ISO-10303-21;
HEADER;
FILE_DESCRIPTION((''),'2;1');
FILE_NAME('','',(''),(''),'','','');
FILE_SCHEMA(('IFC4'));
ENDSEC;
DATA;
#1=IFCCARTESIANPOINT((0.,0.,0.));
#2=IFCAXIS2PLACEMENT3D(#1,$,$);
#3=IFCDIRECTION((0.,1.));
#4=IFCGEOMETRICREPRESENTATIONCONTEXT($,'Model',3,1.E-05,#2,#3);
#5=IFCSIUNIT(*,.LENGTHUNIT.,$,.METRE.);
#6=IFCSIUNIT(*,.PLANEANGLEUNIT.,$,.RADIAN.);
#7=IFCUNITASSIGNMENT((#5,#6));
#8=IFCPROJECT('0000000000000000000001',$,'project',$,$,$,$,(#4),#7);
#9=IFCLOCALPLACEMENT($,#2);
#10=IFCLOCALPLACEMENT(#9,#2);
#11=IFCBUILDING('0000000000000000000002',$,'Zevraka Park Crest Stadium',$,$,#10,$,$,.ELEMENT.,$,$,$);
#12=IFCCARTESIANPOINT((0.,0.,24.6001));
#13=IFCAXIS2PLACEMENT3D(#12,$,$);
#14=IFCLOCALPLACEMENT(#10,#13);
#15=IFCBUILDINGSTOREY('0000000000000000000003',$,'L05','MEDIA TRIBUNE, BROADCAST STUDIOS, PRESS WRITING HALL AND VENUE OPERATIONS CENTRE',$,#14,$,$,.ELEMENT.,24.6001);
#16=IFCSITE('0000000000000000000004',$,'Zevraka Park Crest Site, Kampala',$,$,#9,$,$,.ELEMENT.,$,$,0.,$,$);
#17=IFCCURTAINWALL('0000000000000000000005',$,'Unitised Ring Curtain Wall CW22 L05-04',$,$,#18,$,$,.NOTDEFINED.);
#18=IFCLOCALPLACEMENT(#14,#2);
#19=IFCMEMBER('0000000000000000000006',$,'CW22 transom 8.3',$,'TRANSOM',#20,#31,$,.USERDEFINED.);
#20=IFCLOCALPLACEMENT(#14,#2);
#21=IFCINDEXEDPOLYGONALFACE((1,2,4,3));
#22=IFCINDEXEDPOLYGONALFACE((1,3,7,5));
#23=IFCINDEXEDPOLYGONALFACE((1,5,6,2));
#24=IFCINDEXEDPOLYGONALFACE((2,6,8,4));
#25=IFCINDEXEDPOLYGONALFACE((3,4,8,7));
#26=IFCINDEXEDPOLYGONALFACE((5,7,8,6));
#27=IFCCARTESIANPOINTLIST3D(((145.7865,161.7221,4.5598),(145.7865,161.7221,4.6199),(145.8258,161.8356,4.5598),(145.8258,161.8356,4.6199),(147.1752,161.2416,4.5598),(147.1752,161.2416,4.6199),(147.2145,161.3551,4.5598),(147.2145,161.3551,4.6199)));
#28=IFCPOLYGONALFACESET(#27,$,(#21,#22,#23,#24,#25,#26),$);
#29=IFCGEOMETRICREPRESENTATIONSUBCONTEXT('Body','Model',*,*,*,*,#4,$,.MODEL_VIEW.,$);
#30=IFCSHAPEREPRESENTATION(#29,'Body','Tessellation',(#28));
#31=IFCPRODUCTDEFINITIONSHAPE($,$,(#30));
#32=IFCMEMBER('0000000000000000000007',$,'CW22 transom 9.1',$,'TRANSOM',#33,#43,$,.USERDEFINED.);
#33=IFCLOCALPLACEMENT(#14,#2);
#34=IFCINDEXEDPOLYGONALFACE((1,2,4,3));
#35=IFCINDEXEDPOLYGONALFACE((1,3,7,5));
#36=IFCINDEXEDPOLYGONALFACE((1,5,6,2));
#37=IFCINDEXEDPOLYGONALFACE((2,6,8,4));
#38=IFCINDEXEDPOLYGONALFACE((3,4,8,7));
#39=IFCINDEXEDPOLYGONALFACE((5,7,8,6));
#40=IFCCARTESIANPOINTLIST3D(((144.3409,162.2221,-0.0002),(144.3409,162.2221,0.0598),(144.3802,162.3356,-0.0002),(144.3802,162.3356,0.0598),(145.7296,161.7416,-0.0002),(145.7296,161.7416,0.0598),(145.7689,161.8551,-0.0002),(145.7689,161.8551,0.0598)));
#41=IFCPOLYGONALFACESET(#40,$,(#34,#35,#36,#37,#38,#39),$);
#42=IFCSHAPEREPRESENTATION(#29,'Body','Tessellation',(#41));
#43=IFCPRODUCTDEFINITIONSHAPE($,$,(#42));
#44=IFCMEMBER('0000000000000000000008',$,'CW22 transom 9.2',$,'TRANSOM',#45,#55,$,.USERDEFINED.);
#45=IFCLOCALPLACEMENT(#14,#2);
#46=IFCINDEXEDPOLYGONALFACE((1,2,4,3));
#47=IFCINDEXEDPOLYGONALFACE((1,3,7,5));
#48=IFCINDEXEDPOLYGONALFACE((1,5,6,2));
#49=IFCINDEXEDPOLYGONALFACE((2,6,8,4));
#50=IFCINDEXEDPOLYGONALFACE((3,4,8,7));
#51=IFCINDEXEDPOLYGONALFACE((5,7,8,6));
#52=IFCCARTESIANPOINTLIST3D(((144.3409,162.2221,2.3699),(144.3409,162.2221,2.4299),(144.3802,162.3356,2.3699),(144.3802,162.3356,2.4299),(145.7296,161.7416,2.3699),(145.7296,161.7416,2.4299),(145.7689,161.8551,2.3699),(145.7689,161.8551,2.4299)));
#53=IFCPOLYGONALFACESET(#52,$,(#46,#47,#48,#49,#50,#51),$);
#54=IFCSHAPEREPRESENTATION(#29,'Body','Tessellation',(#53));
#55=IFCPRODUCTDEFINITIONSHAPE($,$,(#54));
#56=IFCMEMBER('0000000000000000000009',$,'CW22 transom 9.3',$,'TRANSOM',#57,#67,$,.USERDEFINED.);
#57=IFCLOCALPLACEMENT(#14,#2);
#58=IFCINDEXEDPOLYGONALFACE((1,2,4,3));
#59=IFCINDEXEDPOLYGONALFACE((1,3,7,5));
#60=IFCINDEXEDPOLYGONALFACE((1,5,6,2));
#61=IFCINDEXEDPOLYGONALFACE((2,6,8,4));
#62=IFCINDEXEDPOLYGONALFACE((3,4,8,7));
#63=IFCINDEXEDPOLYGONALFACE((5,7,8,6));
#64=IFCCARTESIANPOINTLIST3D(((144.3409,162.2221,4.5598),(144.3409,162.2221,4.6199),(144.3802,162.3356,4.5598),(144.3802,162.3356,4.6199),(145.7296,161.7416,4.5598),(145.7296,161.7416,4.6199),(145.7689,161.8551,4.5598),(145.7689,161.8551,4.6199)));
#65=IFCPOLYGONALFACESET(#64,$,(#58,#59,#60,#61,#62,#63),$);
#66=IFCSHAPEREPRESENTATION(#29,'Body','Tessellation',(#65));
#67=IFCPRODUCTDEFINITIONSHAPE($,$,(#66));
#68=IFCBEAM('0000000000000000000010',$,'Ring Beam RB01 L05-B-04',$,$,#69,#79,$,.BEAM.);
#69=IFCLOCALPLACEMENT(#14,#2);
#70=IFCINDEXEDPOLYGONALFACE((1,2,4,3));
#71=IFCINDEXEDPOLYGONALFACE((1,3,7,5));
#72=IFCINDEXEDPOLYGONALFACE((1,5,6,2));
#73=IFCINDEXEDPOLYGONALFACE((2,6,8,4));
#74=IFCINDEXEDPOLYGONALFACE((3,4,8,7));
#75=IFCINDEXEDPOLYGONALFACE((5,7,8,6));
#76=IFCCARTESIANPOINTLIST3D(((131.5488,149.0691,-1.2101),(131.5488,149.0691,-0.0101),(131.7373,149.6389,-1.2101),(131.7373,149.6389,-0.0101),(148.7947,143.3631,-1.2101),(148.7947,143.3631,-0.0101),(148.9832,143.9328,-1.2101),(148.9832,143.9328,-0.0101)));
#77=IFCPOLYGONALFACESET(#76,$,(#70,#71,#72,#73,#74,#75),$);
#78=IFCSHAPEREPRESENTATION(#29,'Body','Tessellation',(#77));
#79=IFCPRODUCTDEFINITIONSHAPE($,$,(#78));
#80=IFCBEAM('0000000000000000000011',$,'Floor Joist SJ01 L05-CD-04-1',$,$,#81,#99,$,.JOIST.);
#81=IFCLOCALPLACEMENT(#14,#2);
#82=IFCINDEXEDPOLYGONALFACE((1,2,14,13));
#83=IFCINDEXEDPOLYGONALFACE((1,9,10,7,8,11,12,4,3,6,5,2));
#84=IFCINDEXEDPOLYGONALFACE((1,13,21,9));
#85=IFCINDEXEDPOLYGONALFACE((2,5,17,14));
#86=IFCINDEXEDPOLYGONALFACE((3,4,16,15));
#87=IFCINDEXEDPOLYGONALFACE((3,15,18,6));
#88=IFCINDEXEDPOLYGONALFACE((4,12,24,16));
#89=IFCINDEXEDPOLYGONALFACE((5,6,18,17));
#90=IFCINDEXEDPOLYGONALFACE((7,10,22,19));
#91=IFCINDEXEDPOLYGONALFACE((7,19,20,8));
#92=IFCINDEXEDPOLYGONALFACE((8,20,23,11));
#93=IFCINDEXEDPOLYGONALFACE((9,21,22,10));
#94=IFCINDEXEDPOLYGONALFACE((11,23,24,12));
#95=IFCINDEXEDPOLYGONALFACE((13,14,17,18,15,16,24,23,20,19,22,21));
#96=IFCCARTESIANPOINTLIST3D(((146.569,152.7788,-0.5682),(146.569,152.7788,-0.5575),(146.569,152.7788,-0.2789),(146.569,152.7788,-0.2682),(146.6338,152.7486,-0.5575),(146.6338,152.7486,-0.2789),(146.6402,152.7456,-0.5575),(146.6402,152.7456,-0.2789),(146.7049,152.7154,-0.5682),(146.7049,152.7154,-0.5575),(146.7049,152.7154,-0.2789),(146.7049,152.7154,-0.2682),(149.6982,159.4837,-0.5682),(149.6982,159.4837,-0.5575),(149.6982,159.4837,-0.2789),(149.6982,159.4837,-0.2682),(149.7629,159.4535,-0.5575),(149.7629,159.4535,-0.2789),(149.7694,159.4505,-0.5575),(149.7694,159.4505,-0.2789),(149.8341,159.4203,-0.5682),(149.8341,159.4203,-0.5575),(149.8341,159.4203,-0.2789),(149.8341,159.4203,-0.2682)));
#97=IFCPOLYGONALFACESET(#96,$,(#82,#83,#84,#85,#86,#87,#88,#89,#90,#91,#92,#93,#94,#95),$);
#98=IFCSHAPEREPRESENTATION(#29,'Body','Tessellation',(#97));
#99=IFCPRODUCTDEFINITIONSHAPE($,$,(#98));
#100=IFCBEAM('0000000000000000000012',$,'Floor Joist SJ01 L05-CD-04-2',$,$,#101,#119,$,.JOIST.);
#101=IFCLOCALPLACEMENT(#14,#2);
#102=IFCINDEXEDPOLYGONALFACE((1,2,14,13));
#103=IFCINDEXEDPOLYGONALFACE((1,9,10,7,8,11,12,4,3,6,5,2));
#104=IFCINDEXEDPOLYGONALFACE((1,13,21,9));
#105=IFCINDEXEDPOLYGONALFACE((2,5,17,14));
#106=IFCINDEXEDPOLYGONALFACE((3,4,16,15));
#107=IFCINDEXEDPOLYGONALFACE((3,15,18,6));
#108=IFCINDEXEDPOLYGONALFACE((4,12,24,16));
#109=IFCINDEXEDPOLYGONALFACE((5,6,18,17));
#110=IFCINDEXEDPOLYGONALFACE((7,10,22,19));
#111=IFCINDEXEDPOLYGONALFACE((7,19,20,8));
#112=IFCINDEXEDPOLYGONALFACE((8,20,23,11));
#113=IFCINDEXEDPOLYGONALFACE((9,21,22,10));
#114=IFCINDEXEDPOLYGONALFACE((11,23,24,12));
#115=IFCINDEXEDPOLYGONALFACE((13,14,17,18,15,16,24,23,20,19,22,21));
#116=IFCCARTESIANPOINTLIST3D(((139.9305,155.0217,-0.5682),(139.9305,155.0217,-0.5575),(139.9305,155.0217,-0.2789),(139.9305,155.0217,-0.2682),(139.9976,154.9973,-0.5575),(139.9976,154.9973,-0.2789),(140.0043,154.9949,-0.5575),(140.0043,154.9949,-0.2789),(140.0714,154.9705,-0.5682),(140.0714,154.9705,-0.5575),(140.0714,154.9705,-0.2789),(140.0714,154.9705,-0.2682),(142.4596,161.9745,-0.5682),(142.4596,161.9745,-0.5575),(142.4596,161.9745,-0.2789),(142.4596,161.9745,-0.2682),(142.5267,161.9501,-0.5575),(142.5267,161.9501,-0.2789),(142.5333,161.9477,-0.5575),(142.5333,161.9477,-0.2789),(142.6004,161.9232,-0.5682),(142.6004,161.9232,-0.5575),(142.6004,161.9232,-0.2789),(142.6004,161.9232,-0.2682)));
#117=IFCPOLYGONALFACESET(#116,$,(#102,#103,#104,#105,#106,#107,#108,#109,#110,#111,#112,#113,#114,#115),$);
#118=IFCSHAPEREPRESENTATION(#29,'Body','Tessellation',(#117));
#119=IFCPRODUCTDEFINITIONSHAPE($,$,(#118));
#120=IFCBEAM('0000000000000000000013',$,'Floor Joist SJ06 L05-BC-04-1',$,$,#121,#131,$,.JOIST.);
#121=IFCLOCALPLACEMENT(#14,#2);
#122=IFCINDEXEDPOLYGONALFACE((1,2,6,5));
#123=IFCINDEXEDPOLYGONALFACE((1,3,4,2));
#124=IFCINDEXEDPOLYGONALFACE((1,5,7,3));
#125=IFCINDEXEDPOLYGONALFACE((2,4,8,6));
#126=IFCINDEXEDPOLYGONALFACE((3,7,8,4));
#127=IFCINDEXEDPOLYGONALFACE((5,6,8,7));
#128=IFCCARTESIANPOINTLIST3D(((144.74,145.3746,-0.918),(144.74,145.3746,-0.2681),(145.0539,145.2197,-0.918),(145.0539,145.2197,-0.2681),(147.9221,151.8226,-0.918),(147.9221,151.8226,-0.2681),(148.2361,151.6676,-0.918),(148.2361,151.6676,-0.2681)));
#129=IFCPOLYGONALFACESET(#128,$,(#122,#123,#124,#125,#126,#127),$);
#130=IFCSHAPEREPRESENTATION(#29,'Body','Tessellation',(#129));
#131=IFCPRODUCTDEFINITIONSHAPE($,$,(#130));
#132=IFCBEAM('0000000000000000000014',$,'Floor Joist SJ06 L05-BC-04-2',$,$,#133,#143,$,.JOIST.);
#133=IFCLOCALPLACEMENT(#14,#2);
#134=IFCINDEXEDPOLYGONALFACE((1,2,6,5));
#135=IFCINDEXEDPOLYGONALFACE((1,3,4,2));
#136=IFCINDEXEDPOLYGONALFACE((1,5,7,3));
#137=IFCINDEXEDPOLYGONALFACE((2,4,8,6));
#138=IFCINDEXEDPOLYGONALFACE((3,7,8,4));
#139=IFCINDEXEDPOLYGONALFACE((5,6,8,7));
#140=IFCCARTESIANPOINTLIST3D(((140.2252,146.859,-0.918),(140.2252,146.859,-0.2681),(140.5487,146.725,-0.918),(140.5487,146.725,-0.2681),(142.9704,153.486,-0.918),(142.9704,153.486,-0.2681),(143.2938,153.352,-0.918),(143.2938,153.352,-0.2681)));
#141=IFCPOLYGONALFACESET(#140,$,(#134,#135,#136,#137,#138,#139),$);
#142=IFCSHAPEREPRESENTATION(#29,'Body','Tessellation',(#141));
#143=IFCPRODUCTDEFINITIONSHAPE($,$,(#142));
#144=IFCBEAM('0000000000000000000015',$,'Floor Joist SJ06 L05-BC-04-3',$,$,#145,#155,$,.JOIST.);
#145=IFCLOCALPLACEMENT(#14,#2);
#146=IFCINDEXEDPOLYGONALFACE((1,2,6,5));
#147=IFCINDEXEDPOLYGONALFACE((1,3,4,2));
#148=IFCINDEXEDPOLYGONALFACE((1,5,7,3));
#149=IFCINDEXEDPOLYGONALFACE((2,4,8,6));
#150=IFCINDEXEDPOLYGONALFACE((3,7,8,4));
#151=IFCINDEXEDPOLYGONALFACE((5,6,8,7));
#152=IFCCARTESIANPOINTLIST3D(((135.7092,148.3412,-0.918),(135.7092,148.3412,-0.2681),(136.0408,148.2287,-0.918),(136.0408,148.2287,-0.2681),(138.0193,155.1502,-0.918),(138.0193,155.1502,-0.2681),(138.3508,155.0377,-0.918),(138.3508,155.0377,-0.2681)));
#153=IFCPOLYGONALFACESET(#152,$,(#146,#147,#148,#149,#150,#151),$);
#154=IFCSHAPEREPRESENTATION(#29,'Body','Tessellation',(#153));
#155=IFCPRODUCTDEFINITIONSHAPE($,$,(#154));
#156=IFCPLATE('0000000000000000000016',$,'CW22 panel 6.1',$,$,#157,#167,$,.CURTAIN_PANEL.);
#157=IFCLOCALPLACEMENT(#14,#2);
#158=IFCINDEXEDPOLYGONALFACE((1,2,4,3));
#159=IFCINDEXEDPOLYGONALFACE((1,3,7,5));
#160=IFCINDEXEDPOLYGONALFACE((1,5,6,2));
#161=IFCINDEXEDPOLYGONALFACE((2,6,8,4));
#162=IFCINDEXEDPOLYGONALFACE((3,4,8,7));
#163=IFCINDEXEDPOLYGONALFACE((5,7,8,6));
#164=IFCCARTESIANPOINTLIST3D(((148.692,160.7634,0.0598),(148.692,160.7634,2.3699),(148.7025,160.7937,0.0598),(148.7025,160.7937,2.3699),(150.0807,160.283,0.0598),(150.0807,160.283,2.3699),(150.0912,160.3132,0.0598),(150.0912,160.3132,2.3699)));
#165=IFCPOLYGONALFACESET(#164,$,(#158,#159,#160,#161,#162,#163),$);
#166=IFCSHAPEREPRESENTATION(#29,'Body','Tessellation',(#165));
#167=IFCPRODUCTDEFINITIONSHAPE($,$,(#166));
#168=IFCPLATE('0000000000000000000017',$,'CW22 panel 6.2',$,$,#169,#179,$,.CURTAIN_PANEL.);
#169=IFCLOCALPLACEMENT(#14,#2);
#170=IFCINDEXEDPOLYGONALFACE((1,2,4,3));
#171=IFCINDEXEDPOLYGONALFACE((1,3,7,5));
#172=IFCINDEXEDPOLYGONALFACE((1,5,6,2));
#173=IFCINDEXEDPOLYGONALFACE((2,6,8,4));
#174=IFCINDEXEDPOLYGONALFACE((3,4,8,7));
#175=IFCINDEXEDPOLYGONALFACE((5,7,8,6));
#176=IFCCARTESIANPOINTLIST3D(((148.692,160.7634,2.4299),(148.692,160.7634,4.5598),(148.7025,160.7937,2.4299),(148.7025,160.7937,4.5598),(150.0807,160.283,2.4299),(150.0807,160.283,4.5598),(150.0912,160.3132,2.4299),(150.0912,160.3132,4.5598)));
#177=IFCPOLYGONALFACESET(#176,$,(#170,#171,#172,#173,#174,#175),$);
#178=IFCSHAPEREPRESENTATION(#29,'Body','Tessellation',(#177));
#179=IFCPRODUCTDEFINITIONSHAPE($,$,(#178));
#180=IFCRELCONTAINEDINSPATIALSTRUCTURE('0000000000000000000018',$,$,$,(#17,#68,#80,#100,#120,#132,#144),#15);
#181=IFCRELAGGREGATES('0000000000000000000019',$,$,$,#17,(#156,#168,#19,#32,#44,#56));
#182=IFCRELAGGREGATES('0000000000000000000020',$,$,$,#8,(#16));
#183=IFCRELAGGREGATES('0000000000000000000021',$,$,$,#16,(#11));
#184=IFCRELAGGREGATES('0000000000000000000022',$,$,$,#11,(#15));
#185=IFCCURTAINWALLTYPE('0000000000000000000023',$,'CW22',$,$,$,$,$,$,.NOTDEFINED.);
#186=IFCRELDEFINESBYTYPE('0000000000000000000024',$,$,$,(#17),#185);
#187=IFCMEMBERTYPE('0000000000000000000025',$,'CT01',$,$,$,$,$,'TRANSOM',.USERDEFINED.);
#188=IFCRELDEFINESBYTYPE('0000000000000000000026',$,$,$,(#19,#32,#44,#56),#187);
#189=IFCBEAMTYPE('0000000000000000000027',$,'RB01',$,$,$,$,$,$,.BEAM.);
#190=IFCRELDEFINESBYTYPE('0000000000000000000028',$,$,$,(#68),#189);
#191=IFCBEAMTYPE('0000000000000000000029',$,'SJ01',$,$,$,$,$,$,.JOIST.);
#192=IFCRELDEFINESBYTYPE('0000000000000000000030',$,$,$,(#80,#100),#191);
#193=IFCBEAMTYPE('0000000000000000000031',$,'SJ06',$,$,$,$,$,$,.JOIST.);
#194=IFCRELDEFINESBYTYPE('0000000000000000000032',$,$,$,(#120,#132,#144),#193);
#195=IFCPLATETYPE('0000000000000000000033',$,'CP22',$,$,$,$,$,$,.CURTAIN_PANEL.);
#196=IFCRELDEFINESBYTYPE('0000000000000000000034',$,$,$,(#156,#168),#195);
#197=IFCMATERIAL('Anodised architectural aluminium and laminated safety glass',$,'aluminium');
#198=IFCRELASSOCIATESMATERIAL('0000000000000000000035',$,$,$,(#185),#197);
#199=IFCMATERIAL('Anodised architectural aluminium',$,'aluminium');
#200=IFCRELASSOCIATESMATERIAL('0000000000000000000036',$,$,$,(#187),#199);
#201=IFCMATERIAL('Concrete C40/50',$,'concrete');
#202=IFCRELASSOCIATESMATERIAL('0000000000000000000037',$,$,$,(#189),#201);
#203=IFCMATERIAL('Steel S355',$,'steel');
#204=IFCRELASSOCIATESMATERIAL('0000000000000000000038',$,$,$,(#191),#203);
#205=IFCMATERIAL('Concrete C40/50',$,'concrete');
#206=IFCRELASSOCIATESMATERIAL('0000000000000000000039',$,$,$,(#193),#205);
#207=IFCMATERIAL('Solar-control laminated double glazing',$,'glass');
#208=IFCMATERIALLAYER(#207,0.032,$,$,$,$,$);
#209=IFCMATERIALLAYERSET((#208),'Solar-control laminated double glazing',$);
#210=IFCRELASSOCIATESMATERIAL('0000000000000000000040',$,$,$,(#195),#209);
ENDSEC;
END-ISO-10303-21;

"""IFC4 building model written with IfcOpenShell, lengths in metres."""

from ifc_helpers import new_model, si_unit, direction, frame, origin, origin_2d, place, context, subcontext, project, spatial, rectangle, i_section, extrude, material, layer, layer_set, material_profile, profile_set, type_object, element, aggregate, save


model = new_model("IFC4")

# Units and contexts
model_context = context("Model", 3, precision=1e-05, world=origin(), true_north=direction((0.0, 1.0)))
body_context = subcontext(model_context, "Body", "Model", "MODEL_VIEW")
ifc_project = project(units=[si_unit("LENGTHUNIT", "METRE"), si_unit("PLANEANGLEUNIT", "RADIAN")], contexts=[model_context])

# Site, building, storey
site_placement = place(None, origin())
site = spatial("IfcSite", under=ifc_project, at=site_placement, Name="Zevraka Park Crest Site, Kampala", CompositionType="ELEMENT", RefElevation=0.0)
building_placement = place(site_placement, origin())
building = spatial("IfcBuilding", under=site, at=building_placement, Name="Zevraka Park Crest Stadium", CompositionType="ELEMENT")
storey_placement = place(building_placement, frame((0.0, 0.0, 24.6001)))
storey = spatial("IfcBuildingStorey", under=building, at=storey_placement, Name="L05", Description="MEDIA TRIBUNE, BROADCAST STUDIOS, PRESS WRITING HALL AND VENUE OPERATIONS CENTRE", CompositionType="ELEMENT", Elevation=24.6001)

# Curtain wall, members
ifc_material_1 = material(Name="Anodised architectural aluminium and laminated safety glass", Category="aluminium")
curtain_wall_type = type_object("IfcCurtainWallType", Name="CW22", PredefinedType="NOTDEFINED", material=ifc_material_1)
curtain_wall_placement = place(storey_placement, origin())
curtain_wall = element("IfcCurtainWall", 1, at=curtain_wall_placement, inside=storey, type_object=curtain_wall_type, Name="Unitised Ring Curtain Wall CW22 L05-04", PredefinedType="NOTDEFINED")
ifc_material_2 = material(Name="Anodised architectural aluminium", Category="aluminium")
ifc_material_profile_1 = material_profile(ifc_material_2, rectangle(XDim=0.1201, YDim=0.0601, at=origin_2d()), Name="ALU TRANSOM 120x60")
ifc_profile_set_1 = profile_set([ifc_material_profile_1], Name="Anodised architectural aluminium")
member_type_1 = type_object("IfcMemberType", Name="CT01", ElementType="TRANSOM", PredefinedType="USERDEFINED", material=ifc_profile_set_1)
member_1_placement = place(storey_placement, frame((147.1948, 161.2983, 4.5898), z_axis=(-0.945033, 0.326974, 0.0), x_axis=(-0.326974, -0.945033, 0.0)))
member_1 = element("IfcMember", 2, at=member_1_placement, type_object=member_type_1, Name="CW22 transom 8.3", ObjectType="TRANSOM", PredefinedType="USERDEFINED", context=body_context, shape_type="SweptSolid", body=[
    extrude(rectangle(XDim=0.1201, YDim=0.0601, at=origin_2d()), origin(), (0.0, 0.0, 1.0), 1.4695),
])
member_2_placement = place(storey_placement, frame((145.7493, 161.7983, 0.0298), z_axis=(-0.945033, 0.326974, 0.0), x_axis=(-0.326974, -0.945033, 0.0)))
member_2 = element("IfcMember", 3, at=member_2_placement, type_object=member_type_1, Name="CW22 transom 9.1", ObjectType="TRANSOM", PredefinedType="USERDEFINED", context=body_context, shape_type="SweptSolid", body=[
    extrude(rectangle(XDim=0.1201, YDim=0.0601, at=origin_2d()), origin(), (0.0, 0.0, 1.0), 1.4695),
])
member_3_placement = place(storey_placement, frame((145.7493, 161.7983, 2.3999), z_axis=(-0.945033, 0.326974, 0.0), x_axis=(-0.326974, -0.945033, 0.0)))
member_3 = element("IfcMember", 4, at=member_3_placement, type_object=member_type_1, Name="CW22 transom 9.2", ObjectType="TRANSOM", PredefinedType="USERDEFINED", context=body_context, shape_type="SweptSolid", body=[
    extrude(rectangle(XDim=0.1201, YDim=0.0601, at=origin_2d()), origin(), (0.0, 0.0, 1.0), 1.4695),
])
member_4_placement = place(storey_placement, frame((145.7493, 161.7983, 4.5898), z_axis=(-0.945033, 0.326974, 0.0), x_axis=(-0.326974, -0.945033, 0.0)))
member_4 = element("IfcMember", 5, at=member_4_placement, type_object=member_type_1, Name="CW22 transom 9.3", ObjectType="TRANSOM", PredefinedType="USERDEFINED", context=body_context, shape_type="SweptSolid", body=[
    extrude(rectangle(XDim=0.1201, YDim=0.0601, at=origin_2d()), origin(), (0.0, 0.0, 1.0), 1.4695),
])

# Beams
ifc_material_3 = material(Name="Concrete C40/50", Category="concrete")
ifc_material_profile_2 = material_profile(ifc_material_3, rectangle(XDim=0.6001, YDim=1.2, at=origin_2d()), Name="RC 1200x600")
ifc_profile_set_2 = profile_set([ifc_material_profile_2], Name="Concrete C40/50")
beam_type_1 = type_object("IfcBeamType", Name="RB01", PredefinedType="BEAM", material=ifc_profile_set_2)
beam_1_placement = place(storey_placement, frame((148.8889, 143.6479, -0.6101), z_axis=(-0.949384, 0.314118, 0.0), x_axis=(-0.314118, -0.949384, 0.0)))
element("IfcBeam", 6, at=beam_1_placement, inside=storey, type_object=beam_type_1, Name="Ring Beam RB01 L05-B-04", PredefinedType="BEAM", context=body_context, shape_type="SweptSolid", body=[
    extrude(rectangle(XDim=0.6001, YDim=1.2, at=origin_2d()), origin(), (0.0, 0.0, 1.0), 18.1653),
])
ifc_material_4 = material(Name="Steel S355", Category="steel")
ifc_material_profile_3 = material_profile(ifc_material_4, i_section(OverallWidth=0.1499, OverallDepth=0.3, WebThickness=0.0071, FlangeThickness=0.0107, at=origin_2d()), Name="IPE 300")
ifc_profile_set_3 = profile_set([ifc_material_profile_3], Name="Steel S355")
beam_type_2 = type_object("IfcBeamType", Name="SJ01", PredefinedType="JOIST", material=ifc_profile_set_3)
beam_2_placement = place(storey_placement, frame((146.637, 152.7471, -0.4182), z_axis=(0.422911, 0.906171, 0.0), x_axis=(-0.906171, 0.422911, 0.0)))
element("IfcBeam", 7, at=beam_2_placement, inside=storey, type_object=beam_type_2, Name="Floor Joist SJ01 L05-CD-04-1", PredefinedType="JOIST", context=body_context, shape_type="SweptSolid", body=[
    extrude(i_section(OverallWidth=0.1499, OverallDepth=0.3, WebThickness=0.0071, FlangeThickness=0.0107, at=origin_2d()), origin(), (0.0, 0.0, 1.0), 7.3992),
])
beam_3_placement = place(storey_placement, frame((140.001, 154.9961, -0.4182), z_axis=(0.34183, 0.939762, 0.0), x_axis=(-0.939762, 0.34183, 0.0)))
element("IfcBeam", 8, at=beam_3_placement, inside=storey, type_object=beam_type_2, Name="Floor Joist SJ01 L05-CD-04-2", PredefinedType="JOIST", context=body_context, shape_type="SweptSolid", body=[
    extrude(i_section(OverallWidth=0.1499, OverallDepth=0.3, WebThickness=0.0071, FlangeThickness=0.0107, at=origin_2d()), origin(), (0.0, 0.0, 1.0), 7.3984),
])
ifc_material_5 = material(Name="Concrete C40/50", Category="concrete")
ifc_material_profile_4 = material_profile(ifc_material_5, rectangle(XDim=0.3501, YDim=0.6499, at=origin_2d()), Name="RC 650x350")
ifc_profile_set_4 = profile_set([ifc_material_profile_4], Name="Concrete C40/50")
beam_type_3 = type_object("IfcBeamType", Name="SJ06", PredefinedType="JOIST", material=ifc_profile_set_4)
beam_4_placement = place(storey_placement, frame((144.897, 145.2971, -0.593), z_axis=(0.442549, 0.896744, 0.0), x_axis=(-0.896744, 0.442549, 0.0)))
element("IfcBeam", 9, at=beam_4_placement, inside=storey, type_object=beam_type_3, Name="Floor Joist SJ06 L05-BC-04-1", PredefinedType="JOIST", context=body_context, shape_type="SweptSolid", body=[
    extrude(rectangle(XDim=0.3501, YDim=0.6499, at=origin_2d()), origin(), (0.0, 0.0, 1.0), 7.1904),
])
beam_5_placement = place(storey_placement, frame((140.387, 146.792, -0.593), z_axis=(0.3827, 0.923872, 0.0), x_axis=(-0.923872, 0.3827, 0.0)))
element("IfcBeam", 10, at=beam_5_placement, inside=storey, type_object=beam_type_3, Name="Floor Joist SJ06 L05-BC-04-2", PredefinedType="JOIST", context=body_context, shape_type="SweptSolid", body=[
    extrude(rectangle(XDim=0.3501, YDim=0.6499, at=origin_2d()), origin(), (0.0, 0.0, 1.0), 7.1731),
])
beam_6_placement = place(storey_placement, frame((135.875, 148.2849, -0.593), z_axis=(0.321276, 0.946986, 0.0), x_axis=(-0.946986, 0.321276, 0.0)))
element("IfcBeam", 11, at=beam_6_placement, inside=storey, type_object=beam_type_3, Name="Floor Joist SJ06 L05-BC-04-3", PredefinedType="JOIST", context=body_context, shape_type="SweptSolid", body=[
    extrude(rectangle(XDim=0.3501, YDim=0.6499, at=origin_2d()), origin(), (0.0, 0.0, 1.0), 7.1902),
])

# Plates
ifc_material_6 = material(Name="Solar-control laminated double glazing", Category="glass")
ifc_layer_1 = layer(ifc_material_6, 0.032)
ifc_layer_set_1 = layer_set([ifc_layer_1], Name="Solar-control laminated double glazing")
plate_type = type_object("IfcPlateType", Name="CP22", PredefinedType="CURTAIN_PANEL", material=ifc_layer_set_1)
plate_1_placement = place(storey_placement, frame((149.3916, 160.5383, 0.0598), z_axis=(0.0, 0.0, 1.0), x_axis=(-0.945049, 0.326929, 0.0)))
plate_1 = element("IfcPlate", 12, at=plate_1_placement, type_object=plate_type, Name="CW22 panel 6.1", PredefinedType="CURTAIN_PANEL", context=body_context, shape_type="SweptSolid", body=[
    extrude(rectangle(XDim=1.4695, YDim=0.032, at=origin_2d()), origin(), (0.0, 0.0, 1.0), 2.3101),
])
plate_2_placement = place(storey_placement, frame((149.3916, 160.5383, 2.4299), z_axis=(0.0, 0.0, 1.0), x_axis=(-0.945049, 0.326929, 0.0)))
plate_2 = element("IfcPlate", 13, at=plate_2_placement, type_object=plate_type, Name="CW22 panel 6.2", PredefinedType="CURTAIN_PANEL", context=body_context, shape_type="SweptSolid", body=[
    extrude(rectangle(XDim=1.4695, YDim=0.032, at=origin_2d()), origin(), (0.0, 0.0, 1.0), 2.1299),
])
aggregate(curtain_wall, [plate_1, plate_2, member_1, member_2, member_3, member_4])

save(model, "model.ifc")
